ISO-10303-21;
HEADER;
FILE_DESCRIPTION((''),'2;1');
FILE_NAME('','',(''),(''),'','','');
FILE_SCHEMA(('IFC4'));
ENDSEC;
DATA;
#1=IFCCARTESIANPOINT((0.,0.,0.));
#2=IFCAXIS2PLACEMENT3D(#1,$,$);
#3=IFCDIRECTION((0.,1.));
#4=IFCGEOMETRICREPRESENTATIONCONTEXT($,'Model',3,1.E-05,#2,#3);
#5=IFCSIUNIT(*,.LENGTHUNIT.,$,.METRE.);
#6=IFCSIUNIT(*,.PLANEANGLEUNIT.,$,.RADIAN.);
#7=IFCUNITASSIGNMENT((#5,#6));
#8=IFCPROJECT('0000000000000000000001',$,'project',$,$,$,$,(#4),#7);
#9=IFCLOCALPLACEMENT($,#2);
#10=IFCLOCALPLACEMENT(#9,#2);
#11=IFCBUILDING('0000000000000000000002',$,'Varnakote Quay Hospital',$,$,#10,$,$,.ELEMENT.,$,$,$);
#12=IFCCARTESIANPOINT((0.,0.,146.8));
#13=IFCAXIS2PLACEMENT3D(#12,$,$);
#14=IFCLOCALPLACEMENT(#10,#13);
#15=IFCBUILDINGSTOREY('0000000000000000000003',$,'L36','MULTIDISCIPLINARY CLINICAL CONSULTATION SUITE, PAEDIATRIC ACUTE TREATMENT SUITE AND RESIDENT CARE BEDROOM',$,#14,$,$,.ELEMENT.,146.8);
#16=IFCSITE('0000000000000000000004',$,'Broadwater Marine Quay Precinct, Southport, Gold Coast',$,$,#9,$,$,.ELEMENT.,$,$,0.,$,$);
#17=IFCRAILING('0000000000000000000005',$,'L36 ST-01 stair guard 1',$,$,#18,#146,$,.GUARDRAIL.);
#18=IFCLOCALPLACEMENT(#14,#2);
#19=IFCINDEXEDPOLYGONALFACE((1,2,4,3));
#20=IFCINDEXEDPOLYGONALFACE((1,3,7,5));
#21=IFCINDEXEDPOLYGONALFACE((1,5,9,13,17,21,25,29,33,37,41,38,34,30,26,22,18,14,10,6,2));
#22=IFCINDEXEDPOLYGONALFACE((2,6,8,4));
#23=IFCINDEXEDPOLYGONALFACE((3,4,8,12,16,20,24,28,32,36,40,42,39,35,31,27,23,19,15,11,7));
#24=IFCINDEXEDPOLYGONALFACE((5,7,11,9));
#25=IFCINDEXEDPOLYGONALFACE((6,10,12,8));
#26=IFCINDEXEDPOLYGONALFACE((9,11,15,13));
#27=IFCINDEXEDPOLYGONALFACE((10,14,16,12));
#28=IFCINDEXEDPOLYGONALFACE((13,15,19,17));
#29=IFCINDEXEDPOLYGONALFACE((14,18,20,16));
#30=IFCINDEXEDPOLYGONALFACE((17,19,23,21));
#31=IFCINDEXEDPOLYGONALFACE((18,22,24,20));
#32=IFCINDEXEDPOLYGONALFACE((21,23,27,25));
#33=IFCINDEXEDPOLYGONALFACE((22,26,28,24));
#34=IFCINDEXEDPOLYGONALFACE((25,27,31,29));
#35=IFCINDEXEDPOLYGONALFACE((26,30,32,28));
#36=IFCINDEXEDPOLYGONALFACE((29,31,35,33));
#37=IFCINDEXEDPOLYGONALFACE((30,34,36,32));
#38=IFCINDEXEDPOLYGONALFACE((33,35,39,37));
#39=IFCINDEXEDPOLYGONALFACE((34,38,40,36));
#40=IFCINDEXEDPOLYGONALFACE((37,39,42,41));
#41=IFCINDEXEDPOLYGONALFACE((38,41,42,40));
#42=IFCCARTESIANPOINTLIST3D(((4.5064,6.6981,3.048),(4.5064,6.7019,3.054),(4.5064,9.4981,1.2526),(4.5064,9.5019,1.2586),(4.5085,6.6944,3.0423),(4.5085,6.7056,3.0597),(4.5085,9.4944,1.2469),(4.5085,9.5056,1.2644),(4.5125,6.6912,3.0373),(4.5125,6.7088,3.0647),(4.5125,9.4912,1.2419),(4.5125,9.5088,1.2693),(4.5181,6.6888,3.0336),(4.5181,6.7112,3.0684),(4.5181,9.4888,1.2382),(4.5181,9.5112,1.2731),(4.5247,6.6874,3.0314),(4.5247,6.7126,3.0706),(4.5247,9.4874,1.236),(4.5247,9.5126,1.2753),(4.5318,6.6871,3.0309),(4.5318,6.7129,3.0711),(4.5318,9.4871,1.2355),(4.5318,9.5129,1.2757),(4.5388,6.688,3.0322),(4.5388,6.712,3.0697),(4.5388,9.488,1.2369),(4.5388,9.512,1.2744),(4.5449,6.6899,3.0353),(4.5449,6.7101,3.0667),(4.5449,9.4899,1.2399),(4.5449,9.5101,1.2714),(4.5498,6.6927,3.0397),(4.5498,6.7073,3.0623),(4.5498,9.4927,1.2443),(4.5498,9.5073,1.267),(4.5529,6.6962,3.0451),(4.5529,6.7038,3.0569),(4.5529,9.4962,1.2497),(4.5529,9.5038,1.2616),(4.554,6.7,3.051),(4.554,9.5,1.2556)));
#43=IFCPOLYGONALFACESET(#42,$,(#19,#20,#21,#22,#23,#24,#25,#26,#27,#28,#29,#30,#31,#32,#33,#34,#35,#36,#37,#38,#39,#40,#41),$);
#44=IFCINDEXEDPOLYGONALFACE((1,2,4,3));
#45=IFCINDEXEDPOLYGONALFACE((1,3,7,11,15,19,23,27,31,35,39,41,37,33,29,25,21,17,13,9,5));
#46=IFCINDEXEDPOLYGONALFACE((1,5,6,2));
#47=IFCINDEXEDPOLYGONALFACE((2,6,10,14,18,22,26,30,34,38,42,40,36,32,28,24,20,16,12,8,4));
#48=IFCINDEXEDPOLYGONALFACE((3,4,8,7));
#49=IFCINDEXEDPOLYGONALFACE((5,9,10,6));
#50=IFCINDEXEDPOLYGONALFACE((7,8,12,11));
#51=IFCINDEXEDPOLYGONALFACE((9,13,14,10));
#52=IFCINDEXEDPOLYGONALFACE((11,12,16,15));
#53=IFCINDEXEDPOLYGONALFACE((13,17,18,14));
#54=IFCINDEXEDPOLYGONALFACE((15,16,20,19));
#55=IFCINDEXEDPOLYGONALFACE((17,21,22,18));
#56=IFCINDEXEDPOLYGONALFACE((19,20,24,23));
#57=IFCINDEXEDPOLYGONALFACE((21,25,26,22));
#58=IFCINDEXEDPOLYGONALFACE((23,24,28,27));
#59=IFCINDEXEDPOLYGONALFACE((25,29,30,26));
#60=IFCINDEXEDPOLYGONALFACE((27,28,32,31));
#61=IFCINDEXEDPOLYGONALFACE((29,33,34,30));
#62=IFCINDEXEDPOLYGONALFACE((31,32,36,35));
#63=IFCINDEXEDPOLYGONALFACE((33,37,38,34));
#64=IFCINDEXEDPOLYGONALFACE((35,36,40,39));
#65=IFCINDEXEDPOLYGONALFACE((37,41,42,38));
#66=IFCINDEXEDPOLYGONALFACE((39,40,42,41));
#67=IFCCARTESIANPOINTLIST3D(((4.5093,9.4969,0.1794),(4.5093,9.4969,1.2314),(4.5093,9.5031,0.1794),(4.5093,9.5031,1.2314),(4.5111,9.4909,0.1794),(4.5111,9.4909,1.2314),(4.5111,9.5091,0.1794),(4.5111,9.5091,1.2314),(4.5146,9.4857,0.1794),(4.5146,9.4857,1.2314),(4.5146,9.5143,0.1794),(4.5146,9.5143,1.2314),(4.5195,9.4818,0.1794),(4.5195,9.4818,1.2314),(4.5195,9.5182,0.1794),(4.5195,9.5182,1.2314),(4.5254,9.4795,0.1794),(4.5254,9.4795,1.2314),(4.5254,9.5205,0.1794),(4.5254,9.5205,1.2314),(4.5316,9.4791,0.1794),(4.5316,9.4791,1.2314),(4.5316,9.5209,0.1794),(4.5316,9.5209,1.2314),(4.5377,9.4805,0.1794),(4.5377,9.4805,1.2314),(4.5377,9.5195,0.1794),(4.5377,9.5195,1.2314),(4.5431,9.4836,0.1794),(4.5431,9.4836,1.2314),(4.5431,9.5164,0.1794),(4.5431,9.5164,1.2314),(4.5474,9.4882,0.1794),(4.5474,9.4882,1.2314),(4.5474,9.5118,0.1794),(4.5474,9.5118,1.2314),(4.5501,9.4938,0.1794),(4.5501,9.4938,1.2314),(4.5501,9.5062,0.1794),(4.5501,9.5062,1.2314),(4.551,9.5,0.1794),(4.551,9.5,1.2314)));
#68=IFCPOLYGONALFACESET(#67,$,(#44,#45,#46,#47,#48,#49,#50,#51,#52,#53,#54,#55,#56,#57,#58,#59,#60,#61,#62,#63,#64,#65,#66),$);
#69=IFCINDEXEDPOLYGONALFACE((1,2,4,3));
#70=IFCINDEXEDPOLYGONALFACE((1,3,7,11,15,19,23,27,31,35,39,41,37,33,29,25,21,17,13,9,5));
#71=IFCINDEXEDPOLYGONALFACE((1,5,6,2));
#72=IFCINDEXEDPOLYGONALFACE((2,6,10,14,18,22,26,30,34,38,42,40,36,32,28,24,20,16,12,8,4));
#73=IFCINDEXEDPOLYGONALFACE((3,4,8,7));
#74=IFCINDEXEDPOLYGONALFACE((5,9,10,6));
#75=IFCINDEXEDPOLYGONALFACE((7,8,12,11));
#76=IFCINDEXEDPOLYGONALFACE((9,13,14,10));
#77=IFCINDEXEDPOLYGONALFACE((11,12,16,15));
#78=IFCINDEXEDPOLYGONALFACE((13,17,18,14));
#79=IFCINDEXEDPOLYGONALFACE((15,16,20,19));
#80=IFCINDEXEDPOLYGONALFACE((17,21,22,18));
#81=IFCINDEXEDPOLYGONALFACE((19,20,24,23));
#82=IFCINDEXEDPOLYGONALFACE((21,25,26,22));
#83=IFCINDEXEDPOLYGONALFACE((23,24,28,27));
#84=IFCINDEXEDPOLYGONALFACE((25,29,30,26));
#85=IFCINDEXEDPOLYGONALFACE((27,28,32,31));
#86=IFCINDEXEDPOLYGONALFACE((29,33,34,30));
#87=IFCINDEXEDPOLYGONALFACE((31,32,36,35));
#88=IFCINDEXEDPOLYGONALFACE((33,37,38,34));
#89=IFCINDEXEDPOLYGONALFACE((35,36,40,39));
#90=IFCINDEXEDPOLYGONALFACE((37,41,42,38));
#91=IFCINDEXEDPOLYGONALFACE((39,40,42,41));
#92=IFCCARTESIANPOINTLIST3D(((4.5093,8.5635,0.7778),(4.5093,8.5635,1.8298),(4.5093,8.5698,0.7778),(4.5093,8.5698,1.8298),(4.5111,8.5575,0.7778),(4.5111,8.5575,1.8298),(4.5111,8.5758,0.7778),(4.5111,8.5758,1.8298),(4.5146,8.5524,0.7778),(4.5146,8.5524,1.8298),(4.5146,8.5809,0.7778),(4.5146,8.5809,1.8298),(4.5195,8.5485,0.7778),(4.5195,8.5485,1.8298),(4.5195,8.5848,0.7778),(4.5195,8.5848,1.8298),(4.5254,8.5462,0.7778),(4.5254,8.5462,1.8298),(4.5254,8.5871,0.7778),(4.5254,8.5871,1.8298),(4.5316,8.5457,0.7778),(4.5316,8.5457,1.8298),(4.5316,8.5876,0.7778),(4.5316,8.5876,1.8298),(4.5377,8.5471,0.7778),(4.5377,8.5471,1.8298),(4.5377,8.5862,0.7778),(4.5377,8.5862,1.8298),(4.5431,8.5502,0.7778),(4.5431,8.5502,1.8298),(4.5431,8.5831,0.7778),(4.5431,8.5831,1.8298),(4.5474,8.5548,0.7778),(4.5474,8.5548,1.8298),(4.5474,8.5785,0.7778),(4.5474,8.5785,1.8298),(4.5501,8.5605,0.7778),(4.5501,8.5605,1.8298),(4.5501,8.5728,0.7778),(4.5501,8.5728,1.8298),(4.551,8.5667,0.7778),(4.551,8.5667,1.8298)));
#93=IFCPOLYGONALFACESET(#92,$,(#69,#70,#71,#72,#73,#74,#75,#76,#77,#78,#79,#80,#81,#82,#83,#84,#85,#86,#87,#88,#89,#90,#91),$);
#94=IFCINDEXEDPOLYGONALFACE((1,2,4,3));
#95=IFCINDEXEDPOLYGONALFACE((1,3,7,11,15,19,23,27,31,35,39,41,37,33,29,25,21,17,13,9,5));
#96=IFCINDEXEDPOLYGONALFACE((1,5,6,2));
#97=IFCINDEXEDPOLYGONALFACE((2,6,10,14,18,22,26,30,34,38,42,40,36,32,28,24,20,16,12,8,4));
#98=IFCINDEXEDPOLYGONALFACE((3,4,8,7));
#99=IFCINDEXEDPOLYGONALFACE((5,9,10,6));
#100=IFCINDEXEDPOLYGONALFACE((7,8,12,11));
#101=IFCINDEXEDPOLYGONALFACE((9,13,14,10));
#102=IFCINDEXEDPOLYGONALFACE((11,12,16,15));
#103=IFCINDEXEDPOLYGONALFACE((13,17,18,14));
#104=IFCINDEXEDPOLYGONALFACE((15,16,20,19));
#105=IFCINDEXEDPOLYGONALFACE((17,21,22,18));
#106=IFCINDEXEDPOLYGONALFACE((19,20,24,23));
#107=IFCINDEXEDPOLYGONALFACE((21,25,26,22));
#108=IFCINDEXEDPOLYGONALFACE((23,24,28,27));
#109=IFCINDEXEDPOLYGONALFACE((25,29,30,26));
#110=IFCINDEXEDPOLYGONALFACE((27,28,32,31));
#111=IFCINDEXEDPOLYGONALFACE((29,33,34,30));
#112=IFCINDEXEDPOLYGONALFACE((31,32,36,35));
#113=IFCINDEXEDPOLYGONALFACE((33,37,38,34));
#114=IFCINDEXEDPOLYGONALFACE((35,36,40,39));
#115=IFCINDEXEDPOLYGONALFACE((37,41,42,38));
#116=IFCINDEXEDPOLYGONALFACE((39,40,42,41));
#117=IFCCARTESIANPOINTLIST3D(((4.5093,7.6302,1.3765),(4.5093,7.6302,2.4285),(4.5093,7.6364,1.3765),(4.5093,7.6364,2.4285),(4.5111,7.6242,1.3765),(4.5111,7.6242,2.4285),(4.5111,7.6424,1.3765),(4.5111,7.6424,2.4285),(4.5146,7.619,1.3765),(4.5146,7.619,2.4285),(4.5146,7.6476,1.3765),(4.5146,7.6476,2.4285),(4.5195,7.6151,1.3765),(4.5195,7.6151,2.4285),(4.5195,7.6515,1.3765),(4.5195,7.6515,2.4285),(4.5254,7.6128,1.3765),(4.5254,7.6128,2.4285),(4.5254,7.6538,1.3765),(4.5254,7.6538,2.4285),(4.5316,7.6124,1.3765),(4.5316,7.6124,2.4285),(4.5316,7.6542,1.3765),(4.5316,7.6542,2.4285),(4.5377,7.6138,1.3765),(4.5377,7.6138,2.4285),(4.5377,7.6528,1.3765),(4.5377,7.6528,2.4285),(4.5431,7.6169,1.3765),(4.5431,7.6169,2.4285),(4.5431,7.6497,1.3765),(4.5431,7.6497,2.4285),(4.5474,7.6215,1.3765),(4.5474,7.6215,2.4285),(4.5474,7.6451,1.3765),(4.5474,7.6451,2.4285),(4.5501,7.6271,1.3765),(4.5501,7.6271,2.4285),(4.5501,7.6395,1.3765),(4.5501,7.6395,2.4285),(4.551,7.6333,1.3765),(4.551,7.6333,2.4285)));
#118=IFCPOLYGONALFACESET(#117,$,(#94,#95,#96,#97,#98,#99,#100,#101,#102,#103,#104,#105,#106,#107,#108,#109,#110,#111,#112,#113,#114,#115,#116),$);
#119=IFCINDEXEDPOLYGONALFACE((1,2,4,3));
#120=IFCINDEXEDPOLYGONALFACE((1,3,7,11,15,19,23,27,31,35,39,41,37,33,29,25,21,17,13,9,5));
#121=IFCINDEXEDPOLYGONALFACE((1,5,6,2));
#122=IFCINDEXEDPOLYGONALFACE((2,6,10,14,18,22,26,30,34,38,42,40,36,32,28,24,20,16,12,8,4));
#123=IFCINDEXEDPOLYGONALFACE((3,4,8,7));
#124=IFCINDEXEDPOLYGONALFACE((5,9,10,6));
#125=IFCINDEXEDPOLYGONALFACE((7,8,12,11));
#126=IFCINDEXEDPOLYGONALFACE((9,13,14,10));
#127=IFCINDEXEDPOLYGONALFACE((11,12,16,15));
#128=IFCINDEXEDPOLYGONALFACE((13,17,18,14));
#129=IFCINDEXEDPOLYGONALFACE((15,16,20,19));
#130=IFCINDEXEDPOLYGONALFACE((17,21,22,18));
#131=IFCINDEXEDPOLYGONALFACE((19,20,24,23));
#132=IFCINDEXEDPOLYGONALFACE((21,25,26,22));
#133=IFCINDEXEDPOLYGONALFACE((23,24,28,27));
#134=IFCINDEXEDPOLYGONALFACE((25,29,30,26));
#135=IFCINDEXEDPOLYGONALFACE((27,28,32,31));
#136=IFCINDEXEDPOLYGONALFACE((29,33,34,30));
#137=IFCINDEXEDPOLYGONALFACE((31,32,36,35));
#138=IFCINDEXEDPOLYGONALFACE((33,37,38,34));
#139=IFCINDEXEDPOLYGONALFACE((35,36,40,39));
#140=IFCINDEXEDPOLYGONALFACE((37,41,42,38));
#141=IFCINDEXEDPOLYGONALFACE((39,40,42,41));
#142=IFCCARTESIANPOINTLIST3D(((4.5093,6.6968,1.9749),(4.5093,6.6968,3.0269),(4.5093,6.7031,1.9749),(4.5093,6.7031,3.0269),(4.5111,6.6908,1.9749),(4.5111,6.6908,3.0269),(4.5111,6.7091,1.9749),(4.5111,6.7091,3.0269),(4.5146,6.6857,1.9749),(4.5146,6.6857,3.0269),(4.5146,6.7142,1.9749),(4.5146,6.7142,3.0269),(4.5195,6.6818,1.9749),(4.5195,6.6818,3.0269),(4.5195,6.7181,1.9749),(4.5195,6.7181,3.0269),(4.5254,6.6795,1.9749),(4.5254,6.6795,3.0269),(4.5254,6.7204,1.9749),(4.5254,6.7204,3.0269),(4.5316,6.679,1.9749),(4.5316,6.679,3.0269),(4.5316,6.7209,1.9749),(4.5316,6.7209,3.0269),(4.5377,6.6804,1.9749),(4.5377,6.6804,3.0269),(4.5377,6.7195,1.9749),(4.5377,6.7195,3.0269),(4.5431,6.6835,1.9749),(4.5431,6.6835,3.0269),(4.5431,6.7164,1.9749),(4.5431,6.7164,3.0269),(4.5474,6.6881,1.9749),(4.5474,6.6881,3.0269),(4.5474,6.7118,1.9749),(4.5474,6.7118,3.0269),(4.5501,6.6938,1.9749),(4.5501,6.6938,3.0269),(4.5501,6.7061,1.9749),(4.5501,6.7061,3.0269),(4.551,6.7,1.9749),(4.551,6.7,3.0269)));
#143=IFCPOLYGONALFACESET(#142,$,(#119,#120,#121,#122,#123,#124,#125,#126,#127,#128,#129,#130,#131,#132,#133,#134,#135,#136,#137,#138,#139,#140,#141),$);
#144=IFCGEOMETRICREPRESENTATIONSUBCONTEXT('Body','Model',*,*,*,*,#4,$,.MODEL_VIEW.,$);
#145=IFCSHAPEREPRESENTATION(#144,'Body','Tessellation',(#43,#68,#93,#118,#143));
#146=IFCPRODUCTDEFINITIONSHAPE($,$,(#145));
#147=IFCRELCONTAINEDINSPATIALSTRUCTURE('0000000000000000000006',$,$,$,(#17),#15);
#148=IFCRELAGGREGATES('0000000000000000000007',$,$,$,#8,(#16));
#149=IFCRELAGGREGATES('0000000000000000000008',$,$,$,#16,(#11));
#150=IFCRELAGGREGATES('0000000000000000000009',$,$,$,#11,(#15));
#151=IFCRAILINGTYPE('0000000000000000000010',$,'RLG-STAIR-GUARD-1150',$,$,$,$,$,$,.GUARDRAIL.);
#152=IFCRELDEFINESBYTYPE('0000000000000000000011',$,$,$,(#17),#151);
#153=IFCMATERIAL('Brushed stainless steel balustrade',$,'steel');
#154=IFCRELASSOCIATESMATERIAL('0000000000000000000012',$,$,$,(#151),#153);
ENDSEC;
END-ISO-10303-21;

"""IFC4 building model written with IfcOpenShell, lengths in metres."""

from ifc_helpers import new_model, si_unit, direction, frame, origin, origin_2d, place, context, subcontext, project, spatial, circle, extrude, material, type_object, element, save


model = new_model("IFC4")

# Units and contexts
model_context = context("Model", 3, precision=1e-05, world=origin(), true_north=direction((0.0, 1.0)))
body_context = subcontext(model_context, "Body", "Model", "MODEL_VIEW")
ifc_project = project(units=[si_unit("LENGTHUNIT", "METRE"), si_unit("PLANEANGLEUNIT", "RADIAN")], contexts=[model_context])

# Site, building, storey
site_placement = place(None, origin())
site = spatial("IfcSite", under=ifc_project, at=site_placement, Name="Broadwater Marine Quay Precinct, Southport, Gold Coast", CompositionType="ELEMENT", RefElevation=0.0)
building_placement = place(site_placement, origin())
building = spatial("IfcBuilding", under=site, at=building_placement, Name="Varnakote Quay Hospital", CompositionType="ELEMENT")
storey_placement = place(building_placement, frame((0.0, 0.0, 146.8)))
storey = spatial("IfcBuildingStorey", under=building, at=storey_placement, Name="L36", Description="MULTIDISCIPLINARY CLINICAL CONSULTATION SUITE, PAEDIATRIC ACUTE TREATMENT SUITE AND RESIDENT CARE BEDROOM", CompositionType="ELEMENT", Elevation=146.8)

# Railing
ifc_material_1 = material(Name="Brushed stainless steel balustrade", Category="steel")
railing_type_1 = type_object("IfcRailingType", Name="RLG-STAIR-GUARD-1150", PredefinedType="GUARDRAIL", material=ifc_material_1)
railing_1_placement = place(storey_placement, frame((4.53, 9.5, 0.1794)))
element("IfcRailing", 1, at=railing_1_placement, inside=storey, type_object=railing_type_1, Name="L36 ST-01 stair guard 1", PredefinedType="GUARDRAIL", context=body_context, shape_type="SweptSolid", body=[
    extrude(circle(Radius=0.0239, at=origin_2d()), frame((0.0, 0.0, 1.0762), z_axis=(0.0, -0.84181, 0.539774), x_axis=(1.0, 0.0, 0.0)), (0.0, 0.0, 1.0), 3.3262),
    extrude(circle(Radius=0.021, at=origin_2d()), origin(), (0.0, 0.0, 1.0), 1.052),
    extrude(circle(Radius=0.021, at=origin_2d()), frame((0.0, -0.9333, 0.5984)), (0.0, 0.0, 1.0), 1.052),
    extrude(circle(Radius=0.021, at=origin_2d()), frame((0.0, -1.8667, 1.197)), (0.0, 0.0, 1.0), 1.052),
    extrude(circle(Radius=0.021, at=origin_2d()), frame((0.0, -2.8, 1.7954)), (0.0, 0.0, 1.0), 1.052),
])

save(model, "model.ifc")
